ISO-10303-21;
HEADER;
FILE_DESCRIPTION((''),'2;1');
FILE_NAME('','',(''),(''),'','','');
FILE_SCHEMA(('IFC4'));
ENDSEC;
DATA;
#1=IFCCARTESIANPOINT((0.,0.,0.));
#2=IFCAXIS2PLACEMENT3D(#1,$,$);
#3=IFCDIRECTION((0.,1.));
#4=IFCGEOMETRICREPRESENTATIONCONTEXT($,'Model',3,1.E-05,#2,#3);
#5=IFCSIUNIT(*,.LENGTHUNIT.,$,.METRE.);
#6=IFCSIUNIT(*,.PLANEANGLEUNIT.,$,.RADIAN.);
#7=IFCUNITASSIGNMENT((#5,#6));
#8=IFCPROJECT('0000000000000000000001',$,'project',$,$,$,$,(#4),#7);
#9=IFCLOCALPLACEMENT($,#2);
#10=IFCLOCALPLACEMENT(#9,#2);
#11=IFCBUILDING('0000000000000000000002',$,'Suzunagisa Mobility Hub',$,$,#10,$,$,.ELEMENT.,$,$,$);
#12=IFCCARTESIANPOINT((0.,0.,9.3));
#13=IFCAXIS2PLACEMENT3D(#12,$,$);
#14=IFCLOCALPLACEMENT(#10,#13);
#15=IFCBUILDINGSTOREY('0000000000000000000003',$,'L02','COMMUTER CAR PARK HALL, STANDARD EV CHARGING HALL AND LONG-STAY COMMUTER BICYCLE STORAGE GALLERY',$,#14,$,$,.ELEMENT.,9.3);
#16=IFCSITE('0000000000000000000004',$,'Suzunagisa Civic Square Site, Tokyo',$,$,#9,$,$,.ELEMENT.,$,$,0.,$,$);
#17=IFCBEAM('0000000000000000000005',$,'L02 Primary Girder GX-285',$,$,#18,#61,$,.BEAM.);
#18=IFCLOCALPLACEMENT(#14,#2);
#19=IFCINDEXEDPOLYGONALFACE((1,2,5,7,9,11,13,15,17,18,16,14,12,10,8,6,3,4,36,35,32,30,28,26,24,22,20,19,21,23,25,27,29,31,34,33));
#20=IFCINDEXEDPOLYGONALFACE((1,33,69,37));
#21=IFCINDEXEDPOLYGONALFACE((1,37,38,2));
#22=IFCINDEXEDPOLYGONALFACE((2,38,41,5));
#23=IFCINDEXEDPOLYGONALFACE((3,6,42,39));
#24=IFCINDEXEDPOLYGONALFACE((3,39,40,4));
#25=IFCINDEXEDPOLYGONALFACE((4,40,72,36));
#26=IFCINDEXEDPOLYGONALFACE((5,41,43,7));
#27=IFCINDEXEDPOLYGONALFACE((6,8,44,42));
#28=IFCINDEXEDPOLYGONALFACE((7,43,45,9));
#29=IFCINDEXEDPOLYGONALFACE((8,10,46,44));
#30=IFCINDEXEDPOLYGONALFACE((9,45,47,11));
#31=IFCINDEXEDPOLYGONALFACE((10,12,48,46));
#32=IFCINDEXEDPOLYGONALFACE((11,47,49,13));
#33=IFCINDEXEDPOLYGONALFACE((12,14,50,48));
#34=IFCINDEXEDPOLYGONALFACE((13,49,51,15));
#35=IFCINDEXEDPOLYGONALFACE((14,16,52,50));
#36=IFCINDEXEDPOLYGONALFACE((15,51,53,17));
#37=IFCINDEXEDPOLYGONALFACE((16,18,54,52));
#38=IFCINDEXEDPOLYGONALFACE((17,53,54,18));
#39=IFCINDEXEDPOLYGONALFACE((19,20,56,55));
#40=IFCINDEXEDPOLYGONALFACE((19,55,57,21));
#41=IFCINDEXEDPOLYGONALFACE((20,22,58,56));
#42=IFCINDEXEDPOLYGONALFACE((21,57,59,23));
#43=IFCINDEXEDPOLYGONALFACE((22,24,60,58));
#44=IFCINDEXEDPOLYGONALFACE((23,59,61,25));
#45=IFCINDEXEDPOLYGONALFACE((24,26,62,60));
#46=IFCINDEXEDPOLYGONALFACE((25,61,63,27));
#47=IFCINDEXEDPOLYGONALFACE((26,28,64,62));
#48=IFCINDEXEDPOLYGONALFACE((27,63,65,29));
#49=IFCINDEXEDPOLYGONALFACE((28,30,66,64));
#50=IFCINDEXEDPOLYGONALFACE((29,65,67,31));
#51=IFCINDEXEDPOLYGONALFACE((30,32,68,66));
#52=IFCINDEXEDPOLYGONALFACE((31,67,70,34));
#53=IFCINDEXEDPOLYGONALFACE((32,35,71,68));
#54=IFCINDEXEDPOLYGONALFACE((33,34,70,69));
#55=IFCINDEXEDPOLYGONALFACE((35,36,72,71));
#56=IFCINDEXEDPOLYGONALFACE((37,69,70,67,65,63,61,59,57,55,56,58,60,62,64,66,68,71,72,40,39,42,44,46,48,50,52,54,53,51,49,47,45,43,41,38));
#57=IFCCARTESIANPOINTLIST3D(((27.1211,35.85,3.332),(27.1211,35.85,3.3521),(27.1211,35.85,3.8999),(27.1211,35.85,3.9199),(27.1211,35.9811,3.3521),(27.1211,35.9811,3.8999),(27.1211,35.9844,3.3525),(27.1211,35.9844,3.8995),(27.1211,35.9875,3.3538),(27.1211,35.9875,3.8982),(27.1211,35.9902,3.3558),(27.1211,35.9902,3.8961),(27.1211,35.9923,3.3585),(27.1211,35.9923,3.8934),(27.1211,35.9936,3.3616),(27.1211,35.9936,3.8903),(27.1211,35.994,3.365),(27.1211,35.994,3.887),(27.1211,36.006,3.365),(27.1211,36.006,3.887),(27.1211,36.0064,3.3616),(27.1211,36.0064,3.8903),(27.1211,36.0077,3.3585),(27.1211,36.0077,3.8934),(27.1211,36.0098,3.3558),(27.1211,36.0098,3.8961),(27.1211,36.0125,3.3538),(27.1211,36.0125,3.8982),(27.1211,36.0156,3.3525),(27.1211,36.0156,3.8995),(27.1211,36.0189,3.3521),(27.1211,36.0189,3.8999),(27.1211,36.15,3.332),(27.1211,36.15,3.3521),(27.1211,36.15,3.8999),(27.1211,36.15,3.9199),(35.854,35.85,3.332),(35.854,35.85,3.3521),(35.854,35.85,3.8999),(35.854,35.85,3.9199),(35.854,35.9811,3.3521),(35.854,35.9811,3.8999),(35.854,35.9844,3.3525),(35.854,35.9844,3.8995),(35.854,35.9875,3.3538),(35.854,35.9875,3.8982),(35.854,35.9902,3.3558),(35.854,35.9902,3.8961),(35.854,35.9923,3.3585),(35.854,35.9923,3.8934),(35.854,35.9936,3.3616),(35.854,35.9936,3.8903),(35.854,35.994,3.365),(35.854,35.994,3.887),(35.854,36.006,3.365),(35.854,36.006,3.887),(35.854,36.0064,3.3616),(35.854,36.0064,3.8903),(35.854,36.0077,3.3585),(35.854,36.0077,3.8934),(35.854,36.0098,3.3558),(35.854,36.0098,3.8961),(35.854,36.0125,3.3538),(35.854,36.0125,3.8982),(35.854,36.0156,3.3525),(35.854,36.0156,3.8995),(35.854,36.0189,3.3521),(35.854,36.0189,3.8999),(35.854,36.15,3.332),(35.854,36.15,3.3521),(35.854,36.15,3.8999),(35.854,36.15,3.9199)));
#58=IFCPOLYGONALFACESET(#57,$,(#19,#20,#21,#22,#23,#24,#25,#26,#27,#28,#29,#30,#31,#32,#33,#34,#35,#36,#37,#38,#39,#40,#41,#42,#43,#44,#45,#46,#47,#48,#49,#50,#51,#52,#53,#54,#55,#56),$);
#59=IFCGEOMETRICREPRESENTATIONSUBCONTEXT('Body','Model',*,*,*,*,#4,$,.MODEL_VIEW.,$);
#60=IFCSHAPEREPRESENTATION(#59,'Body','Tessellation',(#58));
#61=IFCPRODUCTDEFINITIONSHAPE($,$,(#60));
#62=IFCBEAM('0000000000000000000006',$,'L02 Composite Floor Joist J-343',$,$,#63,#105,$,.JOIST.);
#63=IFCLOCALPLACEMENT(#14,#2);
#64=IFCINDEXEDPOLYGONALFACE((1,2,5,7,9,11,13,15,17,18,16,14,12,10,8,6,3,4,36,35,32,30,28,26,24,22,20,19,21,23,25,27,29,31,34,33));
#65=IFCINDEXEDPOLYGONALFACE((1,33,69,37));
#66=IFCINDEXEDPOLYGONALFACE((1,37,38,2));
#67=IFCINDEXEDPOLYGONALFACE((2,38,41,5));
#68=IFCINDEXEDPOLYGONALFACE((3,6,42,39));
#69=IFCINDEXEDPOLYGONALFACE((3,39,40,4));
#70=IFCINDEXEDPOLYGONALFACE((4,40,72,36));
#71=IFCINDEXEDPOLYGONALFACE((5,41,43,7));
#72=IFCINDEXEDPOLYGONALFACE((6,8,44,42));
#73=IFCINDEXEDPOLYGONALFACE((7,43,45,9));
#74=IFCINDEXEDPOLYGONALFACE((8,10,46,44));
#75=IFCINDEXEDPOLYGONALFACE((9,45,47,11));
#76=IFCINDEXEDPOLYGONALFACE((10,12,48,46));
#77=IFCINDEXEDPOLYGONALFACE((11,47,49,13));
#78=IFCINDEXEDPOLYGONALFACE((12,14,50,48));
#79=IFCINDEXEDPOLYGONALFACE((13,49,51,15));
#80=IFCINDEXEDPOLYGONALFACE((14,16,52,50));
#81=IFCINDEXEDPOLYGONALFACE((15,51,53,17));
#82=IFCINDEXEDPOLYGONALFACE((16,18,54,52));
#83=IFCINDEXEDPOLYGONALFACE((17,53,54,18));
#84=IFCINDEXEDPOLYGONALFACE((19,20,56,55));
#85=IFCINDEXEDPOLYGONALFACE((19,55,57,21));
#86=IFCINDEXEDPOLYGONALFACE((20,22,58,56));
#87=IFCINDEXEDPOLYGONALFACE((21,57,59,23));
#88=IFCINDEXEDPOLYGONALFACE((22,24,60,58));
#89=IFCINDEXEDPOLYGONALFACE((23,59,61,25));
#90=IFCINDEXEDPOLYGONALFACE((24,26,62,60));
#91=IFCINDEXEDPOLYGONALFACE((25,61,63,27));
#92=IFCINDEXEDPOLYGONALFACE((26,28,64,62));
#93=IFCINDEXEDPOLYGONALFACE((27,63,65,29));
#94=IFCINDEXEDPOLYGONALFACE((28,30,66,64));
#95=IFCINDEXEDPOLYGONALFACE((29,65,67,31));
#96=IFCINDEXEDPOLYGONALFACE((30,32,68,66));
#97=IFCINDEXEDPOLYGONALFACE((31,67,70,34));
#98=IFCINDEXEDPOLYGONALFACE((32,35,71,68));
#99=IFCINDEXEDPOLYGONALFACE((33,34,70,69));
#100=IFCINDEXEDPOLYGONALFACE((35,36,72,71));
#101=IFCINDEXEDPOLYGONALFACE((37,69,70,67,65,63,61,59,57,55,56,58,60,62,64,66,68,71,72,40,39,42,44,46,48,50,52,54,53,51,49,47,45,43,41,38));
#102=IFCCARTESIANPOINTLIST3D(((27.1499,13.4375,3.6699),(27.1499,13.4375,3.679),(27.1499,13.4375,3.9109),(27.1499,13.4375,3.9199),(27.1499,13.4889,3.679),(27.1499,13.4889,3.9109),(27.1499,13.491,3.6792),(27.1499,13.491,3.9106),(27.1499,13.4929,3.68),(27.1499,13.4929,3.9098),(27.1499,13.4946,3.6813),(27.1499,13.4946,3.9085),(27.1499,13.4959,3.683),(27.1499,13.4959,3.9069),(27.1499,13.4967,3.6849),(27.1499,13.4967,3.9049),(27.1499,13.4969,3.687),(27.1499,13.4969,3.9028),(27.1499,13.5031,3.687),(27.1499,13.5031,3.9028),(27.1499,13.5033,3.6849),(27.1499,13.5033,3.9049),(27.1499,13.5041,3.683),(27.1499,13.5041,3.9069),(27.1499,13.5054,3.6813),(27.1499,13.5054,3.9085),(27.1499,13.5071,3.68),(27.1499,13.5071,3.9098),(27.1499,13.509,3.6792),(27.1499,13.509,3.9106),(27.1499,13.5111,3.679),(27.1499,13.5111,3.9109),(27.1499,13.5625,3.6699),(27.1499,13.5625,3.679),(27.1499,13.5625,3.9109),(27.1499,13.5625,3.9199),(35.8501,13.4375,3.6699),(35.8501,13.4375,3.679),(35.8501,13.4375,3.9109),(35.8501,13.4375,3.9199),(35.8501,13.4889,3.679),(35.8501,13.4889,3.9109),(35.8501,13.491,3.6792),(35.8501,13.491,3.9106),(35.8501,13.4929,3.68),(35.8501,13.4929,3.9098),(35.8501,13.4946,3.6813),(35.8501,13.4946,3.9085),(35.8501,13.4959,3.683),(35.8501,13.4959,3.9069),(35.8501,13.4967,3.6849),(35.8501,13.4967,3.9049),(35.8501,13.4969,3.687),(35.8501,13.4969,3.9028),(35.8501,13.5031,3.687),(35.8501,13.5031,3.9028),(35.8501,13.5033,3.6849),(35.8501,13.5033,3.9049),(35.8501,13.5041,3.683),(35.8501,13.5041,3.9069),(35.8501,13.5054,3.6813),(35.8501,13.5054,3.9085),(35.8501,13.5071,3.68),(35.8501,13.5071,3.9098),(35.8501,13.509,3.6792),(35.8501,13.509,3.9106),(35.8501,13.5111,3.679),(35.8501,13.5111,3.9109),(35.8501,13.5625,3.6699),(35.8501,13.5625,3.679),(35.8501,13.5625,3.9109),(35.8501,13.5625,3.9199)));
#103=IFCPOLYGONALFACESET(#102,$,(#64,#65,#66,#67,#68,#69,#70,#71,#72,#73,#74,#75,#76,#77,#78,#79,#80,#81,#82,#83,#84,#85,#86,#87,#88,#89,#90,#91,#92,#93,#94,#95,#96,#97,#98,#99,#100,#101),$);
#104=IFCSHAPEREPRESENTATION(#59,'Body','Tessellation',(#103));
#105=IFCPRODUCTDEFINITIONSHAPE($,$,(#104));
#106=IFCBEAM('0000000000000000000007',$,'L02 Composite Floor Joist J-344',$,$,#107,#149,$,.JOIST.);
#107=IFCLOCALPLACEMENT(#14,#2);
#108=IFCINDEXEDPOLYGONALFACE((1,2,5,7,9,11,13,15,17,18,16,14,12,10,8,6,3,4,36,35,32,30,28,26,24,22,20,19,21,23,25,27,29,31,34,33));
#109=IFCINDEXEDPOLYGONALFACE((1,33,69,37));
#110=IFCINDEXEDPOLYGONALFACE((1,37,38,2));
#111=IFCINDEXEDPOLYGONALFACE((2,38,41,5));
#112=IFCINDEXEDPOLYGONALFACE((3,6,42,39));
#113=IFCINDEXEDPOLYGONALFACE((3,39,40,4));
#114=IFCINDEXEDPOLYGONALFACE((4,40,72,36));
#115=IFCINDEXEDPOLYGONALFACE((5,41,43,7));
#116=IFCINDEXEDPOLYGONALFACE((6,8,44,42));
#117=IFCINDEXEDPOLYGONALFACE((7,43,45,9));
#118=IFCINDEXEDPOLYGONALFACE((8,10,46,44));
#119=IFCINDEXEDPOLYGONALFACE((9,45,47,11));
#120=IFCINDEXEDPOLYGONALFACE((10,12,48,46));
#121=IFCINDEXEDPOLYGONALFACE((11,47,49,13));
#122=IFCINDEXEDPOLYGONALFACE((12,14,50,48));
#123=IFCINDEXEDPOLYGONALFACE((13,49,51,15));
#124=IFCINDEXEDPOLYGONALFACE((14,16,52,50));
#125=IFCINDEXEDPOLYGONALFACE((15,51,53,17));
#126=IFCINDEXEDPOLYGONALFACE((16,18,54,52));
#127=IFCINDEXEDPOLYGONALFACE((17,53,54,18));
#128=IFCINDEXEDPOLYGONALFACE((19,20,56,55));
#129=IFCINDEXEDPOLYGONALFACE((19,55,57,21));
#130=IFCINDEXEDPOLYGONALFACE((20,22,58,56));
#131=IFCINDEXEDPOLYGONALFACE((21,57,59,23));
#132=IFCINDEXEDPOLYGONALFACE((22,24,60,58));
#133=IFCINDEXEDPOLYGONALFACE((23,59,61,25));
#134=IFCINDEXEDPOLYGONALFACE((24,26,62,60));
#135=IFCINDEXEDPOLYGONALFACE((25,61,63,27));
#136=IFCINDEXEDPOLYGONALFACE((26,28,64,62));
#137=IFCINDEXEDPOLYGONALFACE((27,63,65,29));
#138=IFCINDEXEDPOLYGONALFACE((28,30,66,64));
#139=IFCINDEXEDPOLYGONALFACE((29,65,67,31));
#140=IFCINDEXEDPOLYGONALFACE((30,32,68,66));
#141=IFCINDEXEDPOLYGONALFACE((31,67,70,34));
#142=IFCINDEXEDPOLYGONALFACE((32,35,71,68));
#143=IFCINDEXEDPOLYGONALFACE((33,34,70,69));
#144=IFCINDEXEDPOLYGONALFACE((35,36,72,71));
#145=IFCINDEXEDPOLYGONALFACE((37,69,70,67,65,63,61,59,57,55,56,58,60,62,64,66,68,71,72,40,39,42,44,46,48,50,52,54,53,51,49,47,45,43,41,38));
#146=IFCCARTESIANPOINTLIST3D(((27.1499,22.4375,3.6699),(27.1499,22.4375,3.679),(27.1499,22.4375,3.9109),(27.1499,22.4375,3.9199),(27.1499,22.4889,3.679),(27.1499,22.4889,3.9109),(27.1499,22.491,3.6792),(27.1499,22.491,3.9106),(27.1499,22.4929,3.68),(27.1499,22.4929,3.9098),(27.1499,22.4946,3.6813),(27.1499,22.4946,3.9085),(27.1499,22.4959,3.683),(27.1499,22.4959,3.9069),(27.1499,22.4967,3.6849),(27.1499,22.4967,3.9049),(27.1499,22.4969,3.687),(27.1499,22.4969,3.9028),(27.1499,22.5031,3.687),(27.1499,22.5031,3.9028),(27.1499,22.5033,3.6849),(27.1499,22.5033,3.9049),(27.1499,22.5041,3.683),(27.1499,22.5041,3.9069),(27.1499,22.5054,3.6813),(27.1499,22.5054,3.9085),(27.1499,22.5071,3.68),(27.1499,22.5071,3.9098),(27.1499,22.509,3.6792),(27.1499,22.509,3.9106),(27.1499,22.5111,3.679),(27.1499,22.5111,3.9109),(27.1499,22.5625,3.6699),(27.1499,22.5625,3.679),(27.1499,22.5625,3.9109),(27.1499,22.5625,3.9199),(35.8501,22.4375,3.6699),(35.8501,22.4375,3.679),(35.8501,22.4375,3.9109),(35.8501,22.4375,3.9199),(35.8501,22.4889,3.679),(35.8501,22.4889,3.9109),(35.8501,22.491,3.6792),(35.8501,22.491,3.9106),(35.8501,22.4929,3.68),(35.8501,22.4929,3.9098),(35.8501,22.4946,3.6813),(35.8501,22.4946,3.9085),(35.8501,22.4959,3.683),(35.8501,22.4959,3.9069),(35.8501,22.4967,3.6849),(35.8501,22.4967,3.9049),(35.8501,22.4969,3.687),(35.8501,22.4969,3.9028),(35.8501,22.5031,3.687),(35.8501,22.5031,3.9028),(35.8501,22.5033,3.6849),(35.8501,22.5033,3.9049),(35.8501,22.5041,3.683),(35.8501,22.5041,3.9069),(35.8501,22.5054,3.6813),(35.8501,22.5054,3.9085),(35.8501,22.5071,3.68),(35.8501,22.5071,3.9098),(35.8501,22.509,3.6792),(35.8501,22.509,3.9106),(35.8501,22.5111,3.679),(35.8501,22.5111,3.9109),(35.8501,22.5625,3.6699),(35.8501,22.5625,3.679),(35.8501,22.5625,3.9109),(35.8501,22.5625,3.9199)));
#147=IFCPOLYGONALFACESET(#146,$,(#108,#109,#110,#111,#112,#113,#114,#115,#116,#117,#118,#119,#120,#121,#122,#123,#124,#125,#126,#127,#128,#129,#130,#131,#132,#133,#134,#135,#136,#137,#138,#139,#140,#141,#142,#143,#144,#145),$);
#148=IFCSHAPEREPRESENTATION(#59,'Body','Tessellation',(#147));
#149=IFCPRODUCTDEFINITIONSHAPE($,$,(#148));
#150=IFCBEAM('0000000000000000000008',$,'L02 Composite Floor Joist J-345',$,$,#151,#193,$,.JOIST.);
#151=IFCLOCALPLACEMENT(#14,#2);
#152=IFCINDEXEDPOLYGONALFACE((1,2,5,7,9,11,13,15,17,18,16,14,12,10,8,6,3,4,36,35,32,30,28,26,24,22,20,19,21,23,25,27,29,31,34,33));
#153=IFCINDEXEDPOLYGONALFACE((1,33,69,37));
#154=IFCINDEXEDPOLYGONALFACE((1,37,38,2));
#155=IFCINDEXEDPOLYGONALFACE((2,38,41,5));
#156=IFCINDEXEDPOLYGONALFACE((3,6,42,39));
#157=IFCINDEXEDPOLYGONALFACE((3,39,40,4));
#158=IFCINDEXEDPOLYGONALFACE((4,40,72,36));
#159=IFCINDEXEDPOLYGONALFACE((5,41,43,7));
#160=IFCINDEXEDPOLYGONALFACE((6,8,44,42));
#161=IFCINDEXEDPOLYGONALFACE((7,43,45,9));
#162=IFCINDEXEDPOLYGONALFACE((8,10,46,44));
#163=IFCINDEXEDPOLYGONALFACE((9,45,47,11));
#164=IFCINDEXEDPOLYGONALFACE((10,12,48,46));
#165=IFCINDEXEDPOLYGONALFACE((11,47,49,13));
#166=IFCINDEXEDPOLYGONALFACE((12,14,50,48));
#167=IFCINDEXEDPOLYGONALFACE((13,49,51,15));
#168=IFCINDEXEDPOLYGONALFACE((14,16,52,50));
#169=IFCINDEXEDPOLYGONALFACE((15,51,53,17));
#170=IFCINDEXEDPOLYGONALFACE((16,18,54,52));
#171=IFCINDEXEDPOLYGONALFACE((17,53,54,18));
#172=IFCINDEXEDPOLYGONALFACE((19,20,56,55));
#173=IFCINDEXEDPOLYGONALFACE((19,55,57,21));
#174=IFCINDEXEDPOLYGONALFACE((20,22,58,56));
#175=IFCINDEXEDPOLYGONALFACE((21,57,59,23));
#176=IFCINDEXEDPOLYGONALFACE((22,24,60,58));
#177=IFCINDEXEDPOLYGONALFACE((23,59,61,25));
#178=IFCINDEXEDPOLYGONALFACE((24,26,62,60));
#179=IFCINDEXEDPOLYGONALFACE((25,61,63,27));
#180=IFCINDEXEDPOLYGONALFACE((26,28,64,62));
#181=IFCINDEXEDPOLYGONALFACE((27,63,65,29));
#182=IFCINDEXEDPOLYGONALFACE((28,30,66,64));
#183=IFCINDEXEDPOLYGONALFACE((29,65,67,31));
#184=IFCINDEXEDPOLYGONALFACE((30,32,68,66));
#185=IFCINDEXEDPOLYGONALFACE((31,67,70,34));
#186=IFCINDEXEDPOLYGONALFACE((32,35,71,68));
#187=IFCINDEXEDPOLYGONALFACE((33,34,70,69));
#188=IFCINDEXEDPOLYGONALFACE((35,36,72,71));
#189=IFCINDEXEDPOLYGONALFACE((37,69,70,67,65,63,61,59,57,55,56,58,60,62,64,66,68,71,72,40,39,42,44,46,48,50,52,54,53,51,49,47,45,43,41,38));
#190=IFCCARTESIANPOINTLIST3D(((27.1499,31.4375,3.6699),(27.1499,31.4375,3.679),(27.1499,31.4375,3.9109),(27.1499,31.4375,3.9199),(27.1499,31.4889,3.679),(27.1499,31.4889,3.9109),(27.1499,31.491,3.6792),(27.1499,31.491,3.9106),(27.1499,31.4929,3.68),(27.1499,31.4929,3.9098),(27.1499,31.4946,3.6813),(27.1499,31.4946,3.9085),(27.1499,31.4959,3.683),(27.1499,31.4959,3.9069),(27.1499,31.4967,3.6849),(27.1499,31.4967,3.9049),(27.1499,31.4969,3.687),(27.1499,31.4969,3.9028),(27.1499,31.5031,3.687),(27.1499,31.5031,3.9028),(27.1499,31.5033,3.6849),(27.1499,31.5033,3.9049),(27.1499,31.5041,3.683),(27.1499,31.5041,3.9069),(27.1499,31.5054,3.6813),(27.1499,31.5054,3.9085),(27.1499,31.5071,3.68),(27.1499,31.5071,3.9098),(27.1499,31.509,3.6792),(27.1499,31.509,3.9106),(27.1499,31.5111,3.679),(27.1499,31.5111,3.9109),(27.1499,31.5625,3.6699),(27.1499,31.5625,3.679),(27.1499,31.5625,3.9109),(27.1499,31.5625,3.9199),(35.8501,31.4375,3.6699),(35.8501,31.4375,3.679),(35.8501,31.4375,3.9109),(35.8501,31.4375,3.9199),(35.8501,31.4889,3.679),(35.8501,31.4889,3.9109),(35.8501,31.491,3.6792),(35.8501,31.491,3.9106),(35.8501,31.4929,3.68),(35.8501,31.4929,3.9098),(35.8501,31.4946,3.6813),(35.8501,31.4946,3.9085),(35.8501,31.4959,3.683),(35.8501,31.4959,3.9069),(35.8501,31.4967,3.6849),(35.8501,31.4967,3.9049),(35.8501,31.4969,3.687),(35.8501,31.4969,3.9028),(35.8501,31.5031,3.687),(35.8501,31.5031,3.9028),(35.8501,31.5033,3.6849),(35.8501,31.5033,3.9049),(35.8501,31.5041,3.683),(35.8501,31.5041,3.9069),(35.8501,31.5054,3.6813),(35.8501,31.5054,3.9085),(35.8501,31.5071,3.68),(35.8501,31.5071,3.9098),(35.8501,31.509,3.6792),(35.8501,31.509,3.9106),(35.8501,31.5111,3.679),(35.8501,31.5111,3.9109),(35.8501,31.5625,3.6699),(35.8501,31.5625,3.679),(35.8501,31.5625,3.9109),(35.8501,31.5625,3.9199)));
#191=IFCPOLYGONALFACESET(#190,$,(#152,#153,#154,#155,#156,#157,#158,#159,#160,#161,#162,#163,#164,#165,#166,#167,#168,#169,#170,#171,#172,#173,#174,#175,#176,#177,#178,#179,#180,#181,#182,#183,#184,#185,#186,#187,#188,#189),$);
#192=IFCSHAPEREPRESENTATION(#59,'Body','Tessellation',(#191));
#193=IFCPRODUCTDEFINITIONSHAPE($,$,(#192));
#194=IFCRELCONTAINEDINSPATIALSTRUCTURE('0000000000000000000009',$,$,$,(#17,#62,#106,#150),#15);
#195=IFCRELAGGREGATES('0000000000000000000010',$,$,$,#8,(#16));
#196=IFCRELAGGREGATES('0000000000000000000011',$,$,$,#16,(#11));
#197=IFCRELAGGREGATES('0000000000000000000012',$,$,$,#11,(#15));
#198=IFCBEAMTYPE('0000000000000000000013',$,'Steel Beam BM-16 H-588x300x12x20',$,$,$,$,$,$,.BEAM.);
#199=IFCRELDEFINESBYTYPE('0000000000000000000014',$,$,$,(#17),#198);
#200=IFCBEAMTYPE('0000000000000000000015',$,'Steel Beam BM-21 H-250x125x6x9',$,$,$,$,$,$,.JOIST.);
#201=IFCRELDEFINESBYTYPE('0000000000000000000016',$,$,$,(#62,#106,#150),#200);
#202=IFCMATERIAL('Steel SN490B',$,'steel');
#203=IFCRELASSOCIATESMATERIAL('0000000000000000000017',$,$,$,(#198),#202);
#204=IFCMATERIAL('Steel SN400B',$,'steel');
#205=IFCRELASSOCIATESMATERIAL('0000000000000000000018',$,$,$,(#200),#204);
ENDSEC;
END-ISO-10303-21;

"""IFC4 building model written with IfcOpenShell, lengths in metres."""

from ifc_helpers import new_model, si_unit, direction, frame, origin, origin_2d, place, context, subcontext, project, spatial, i_section, extrude, material, material_profile, profile_set, type_object, element, save


model = new_model("IFC4")

# Units and contexts
model_context = context("Model", 3, precision=1e-05, world=origin(), true_north=direction((0.0, 1.0)))
body_context = subcontext(model_context, "Body", "Model", "MODEL_VIEW")
ifc_project = project(units=[si_unit("LENGTHUNIT", "METRE"), si_unit("PLANEANGLEUNIT", "RADIAN")], contexts=[model_context])

# Site, building, storey
site_placement = place(None, origin())
site = spatial("IfcSite", under=ifc_project, at=site_placement, Name="Suzunagisa Civic Square Site, Tokyo", CompositionType="ELEMENT", RefElevation=0.0)
building_placement = place(site_placement, origin())
building = spatial("IfcBuilding", under=site, at=building_placement, Name="Suzunagisa Mobility Hub", CompositionType="ELEMENT")
storey_placement = place(building_placement, frame((0.0, 0.0, 9.3)))
storey = spatial("IfcBuildingStorey", under=building, at=storey_placement, Name="L02", Description="COMMUTER CAR PARK HALL, STANDARD EV CHARGING HALL AND LONG-STAY COMMUTER BICYCLE STORAGE GALLERY", CompositionType="ELEMENT", Elevation=9.3)

# Shared definitions
ifc_material_1 = material(Name="Steel SN490B", Category="steel")

# Beams
ifc_material_profile_1 = material_profile(ifc_material_1, i_section(OverallWidth=0.3, OverallDepth=0.5879, WebThickness=0.012, FlangeThickness=0.02, FilletRadius=0.0129, at=origin_2d()), Name="H-588x300x12x20")
ifc_profile_set_1 = profile_set([ifc_material_profile_1], Name="Steel SN490B")
beam_type_1 = type_object("IfcBeamType", Name="Steel Beam BM-16 H-588x300x12x20", PredefinedType="BEAM", material=ifc_profile_set_1)
for number, where, z_axis, x_axis, name in (
    (1, (27.1211, 36.0, 3.626), (1.0, 0.0, 0.0), (0.0, 1.0, 0.0), "L02 Primary Girder GX-285"),
):
    element("IfcBeam", number, at=place(storey_placement, frame(where, z_axis=z_axis, x_axis=x_axis)), inside=storey, type_object=beam_type_1, Name=name, PredefinedType="BEAM", context=body_context, shape_type="SweptSolid", body=[
        extrude(i_section(OverallWidth=0.3, OverallDepth=0.5879, WebThickness=0.012, FlangeThickness=0.02, FilletRadius=0.0129, at=origin_2d()), origin(), (0.0, 0.0, 1.0), 8.7329),
    ])
ifc_material_2 = material(Name="Steel SN400B", Category="steel")
ifc_material_profile_2 = material_profile(ifc_material_2, i_section(OverallWidth=0.125, OverallDepth=0.25, WebThickness=0.0061, FlangeThickness=0.009, FilletRadius=0.0081, at=origin_2d()), Name="H-250x125x6x9")
ifc_profile_set_2 = profile_set([ifc_material_profile_2], Name="Steel SN400B")
beam_type_2 = type_object("IfcBeamType", Name="Steel Beam BM-21 H-250x125x6x9", PredefinedType="JOIST", material=ifc_profile_set_2)
for number, where, z_axis, x_axis, name in (
    (2, (27.1499, 13.5, 3.7949), (1.0, 0.0, 0.0), (0.0, 1.0, 0.0), "L02 Composite Floor Joist J-343"),
    (3, (27.1499, 22.5, 3.7949), (1.0, 0.0, 0.0), (0.0, 1.0, 0.0), "L02 Composite Floor Joist J-344"),
    (4, (27.1499, 31.5, 3.7949), (1.0, 0.0, 0.0), (0.0, 1.0, 0.0), "L02 Composite Floor Joist J-345"),
):
    element("IfcBeam", number, at=place(storey_placement, frame(where, z_axis=z_axis, x_axis=x_axis)), inside=storey, type_object=beam_type_2, Name=name, PredefinedType="JOIST", context=body_context, shape_type="SweptSolid", body=[
        extrude(i_section(OverallWidth=0.125, OverallDepth=0.25, WebThickness=0.0061, FlangeThickness=0.009, FilletRadius=0.0081, at=origin_2d()), origin(), (0.0, 0.0, 1.0), 8.7002),
    ])

save(model, "model.ifc")
